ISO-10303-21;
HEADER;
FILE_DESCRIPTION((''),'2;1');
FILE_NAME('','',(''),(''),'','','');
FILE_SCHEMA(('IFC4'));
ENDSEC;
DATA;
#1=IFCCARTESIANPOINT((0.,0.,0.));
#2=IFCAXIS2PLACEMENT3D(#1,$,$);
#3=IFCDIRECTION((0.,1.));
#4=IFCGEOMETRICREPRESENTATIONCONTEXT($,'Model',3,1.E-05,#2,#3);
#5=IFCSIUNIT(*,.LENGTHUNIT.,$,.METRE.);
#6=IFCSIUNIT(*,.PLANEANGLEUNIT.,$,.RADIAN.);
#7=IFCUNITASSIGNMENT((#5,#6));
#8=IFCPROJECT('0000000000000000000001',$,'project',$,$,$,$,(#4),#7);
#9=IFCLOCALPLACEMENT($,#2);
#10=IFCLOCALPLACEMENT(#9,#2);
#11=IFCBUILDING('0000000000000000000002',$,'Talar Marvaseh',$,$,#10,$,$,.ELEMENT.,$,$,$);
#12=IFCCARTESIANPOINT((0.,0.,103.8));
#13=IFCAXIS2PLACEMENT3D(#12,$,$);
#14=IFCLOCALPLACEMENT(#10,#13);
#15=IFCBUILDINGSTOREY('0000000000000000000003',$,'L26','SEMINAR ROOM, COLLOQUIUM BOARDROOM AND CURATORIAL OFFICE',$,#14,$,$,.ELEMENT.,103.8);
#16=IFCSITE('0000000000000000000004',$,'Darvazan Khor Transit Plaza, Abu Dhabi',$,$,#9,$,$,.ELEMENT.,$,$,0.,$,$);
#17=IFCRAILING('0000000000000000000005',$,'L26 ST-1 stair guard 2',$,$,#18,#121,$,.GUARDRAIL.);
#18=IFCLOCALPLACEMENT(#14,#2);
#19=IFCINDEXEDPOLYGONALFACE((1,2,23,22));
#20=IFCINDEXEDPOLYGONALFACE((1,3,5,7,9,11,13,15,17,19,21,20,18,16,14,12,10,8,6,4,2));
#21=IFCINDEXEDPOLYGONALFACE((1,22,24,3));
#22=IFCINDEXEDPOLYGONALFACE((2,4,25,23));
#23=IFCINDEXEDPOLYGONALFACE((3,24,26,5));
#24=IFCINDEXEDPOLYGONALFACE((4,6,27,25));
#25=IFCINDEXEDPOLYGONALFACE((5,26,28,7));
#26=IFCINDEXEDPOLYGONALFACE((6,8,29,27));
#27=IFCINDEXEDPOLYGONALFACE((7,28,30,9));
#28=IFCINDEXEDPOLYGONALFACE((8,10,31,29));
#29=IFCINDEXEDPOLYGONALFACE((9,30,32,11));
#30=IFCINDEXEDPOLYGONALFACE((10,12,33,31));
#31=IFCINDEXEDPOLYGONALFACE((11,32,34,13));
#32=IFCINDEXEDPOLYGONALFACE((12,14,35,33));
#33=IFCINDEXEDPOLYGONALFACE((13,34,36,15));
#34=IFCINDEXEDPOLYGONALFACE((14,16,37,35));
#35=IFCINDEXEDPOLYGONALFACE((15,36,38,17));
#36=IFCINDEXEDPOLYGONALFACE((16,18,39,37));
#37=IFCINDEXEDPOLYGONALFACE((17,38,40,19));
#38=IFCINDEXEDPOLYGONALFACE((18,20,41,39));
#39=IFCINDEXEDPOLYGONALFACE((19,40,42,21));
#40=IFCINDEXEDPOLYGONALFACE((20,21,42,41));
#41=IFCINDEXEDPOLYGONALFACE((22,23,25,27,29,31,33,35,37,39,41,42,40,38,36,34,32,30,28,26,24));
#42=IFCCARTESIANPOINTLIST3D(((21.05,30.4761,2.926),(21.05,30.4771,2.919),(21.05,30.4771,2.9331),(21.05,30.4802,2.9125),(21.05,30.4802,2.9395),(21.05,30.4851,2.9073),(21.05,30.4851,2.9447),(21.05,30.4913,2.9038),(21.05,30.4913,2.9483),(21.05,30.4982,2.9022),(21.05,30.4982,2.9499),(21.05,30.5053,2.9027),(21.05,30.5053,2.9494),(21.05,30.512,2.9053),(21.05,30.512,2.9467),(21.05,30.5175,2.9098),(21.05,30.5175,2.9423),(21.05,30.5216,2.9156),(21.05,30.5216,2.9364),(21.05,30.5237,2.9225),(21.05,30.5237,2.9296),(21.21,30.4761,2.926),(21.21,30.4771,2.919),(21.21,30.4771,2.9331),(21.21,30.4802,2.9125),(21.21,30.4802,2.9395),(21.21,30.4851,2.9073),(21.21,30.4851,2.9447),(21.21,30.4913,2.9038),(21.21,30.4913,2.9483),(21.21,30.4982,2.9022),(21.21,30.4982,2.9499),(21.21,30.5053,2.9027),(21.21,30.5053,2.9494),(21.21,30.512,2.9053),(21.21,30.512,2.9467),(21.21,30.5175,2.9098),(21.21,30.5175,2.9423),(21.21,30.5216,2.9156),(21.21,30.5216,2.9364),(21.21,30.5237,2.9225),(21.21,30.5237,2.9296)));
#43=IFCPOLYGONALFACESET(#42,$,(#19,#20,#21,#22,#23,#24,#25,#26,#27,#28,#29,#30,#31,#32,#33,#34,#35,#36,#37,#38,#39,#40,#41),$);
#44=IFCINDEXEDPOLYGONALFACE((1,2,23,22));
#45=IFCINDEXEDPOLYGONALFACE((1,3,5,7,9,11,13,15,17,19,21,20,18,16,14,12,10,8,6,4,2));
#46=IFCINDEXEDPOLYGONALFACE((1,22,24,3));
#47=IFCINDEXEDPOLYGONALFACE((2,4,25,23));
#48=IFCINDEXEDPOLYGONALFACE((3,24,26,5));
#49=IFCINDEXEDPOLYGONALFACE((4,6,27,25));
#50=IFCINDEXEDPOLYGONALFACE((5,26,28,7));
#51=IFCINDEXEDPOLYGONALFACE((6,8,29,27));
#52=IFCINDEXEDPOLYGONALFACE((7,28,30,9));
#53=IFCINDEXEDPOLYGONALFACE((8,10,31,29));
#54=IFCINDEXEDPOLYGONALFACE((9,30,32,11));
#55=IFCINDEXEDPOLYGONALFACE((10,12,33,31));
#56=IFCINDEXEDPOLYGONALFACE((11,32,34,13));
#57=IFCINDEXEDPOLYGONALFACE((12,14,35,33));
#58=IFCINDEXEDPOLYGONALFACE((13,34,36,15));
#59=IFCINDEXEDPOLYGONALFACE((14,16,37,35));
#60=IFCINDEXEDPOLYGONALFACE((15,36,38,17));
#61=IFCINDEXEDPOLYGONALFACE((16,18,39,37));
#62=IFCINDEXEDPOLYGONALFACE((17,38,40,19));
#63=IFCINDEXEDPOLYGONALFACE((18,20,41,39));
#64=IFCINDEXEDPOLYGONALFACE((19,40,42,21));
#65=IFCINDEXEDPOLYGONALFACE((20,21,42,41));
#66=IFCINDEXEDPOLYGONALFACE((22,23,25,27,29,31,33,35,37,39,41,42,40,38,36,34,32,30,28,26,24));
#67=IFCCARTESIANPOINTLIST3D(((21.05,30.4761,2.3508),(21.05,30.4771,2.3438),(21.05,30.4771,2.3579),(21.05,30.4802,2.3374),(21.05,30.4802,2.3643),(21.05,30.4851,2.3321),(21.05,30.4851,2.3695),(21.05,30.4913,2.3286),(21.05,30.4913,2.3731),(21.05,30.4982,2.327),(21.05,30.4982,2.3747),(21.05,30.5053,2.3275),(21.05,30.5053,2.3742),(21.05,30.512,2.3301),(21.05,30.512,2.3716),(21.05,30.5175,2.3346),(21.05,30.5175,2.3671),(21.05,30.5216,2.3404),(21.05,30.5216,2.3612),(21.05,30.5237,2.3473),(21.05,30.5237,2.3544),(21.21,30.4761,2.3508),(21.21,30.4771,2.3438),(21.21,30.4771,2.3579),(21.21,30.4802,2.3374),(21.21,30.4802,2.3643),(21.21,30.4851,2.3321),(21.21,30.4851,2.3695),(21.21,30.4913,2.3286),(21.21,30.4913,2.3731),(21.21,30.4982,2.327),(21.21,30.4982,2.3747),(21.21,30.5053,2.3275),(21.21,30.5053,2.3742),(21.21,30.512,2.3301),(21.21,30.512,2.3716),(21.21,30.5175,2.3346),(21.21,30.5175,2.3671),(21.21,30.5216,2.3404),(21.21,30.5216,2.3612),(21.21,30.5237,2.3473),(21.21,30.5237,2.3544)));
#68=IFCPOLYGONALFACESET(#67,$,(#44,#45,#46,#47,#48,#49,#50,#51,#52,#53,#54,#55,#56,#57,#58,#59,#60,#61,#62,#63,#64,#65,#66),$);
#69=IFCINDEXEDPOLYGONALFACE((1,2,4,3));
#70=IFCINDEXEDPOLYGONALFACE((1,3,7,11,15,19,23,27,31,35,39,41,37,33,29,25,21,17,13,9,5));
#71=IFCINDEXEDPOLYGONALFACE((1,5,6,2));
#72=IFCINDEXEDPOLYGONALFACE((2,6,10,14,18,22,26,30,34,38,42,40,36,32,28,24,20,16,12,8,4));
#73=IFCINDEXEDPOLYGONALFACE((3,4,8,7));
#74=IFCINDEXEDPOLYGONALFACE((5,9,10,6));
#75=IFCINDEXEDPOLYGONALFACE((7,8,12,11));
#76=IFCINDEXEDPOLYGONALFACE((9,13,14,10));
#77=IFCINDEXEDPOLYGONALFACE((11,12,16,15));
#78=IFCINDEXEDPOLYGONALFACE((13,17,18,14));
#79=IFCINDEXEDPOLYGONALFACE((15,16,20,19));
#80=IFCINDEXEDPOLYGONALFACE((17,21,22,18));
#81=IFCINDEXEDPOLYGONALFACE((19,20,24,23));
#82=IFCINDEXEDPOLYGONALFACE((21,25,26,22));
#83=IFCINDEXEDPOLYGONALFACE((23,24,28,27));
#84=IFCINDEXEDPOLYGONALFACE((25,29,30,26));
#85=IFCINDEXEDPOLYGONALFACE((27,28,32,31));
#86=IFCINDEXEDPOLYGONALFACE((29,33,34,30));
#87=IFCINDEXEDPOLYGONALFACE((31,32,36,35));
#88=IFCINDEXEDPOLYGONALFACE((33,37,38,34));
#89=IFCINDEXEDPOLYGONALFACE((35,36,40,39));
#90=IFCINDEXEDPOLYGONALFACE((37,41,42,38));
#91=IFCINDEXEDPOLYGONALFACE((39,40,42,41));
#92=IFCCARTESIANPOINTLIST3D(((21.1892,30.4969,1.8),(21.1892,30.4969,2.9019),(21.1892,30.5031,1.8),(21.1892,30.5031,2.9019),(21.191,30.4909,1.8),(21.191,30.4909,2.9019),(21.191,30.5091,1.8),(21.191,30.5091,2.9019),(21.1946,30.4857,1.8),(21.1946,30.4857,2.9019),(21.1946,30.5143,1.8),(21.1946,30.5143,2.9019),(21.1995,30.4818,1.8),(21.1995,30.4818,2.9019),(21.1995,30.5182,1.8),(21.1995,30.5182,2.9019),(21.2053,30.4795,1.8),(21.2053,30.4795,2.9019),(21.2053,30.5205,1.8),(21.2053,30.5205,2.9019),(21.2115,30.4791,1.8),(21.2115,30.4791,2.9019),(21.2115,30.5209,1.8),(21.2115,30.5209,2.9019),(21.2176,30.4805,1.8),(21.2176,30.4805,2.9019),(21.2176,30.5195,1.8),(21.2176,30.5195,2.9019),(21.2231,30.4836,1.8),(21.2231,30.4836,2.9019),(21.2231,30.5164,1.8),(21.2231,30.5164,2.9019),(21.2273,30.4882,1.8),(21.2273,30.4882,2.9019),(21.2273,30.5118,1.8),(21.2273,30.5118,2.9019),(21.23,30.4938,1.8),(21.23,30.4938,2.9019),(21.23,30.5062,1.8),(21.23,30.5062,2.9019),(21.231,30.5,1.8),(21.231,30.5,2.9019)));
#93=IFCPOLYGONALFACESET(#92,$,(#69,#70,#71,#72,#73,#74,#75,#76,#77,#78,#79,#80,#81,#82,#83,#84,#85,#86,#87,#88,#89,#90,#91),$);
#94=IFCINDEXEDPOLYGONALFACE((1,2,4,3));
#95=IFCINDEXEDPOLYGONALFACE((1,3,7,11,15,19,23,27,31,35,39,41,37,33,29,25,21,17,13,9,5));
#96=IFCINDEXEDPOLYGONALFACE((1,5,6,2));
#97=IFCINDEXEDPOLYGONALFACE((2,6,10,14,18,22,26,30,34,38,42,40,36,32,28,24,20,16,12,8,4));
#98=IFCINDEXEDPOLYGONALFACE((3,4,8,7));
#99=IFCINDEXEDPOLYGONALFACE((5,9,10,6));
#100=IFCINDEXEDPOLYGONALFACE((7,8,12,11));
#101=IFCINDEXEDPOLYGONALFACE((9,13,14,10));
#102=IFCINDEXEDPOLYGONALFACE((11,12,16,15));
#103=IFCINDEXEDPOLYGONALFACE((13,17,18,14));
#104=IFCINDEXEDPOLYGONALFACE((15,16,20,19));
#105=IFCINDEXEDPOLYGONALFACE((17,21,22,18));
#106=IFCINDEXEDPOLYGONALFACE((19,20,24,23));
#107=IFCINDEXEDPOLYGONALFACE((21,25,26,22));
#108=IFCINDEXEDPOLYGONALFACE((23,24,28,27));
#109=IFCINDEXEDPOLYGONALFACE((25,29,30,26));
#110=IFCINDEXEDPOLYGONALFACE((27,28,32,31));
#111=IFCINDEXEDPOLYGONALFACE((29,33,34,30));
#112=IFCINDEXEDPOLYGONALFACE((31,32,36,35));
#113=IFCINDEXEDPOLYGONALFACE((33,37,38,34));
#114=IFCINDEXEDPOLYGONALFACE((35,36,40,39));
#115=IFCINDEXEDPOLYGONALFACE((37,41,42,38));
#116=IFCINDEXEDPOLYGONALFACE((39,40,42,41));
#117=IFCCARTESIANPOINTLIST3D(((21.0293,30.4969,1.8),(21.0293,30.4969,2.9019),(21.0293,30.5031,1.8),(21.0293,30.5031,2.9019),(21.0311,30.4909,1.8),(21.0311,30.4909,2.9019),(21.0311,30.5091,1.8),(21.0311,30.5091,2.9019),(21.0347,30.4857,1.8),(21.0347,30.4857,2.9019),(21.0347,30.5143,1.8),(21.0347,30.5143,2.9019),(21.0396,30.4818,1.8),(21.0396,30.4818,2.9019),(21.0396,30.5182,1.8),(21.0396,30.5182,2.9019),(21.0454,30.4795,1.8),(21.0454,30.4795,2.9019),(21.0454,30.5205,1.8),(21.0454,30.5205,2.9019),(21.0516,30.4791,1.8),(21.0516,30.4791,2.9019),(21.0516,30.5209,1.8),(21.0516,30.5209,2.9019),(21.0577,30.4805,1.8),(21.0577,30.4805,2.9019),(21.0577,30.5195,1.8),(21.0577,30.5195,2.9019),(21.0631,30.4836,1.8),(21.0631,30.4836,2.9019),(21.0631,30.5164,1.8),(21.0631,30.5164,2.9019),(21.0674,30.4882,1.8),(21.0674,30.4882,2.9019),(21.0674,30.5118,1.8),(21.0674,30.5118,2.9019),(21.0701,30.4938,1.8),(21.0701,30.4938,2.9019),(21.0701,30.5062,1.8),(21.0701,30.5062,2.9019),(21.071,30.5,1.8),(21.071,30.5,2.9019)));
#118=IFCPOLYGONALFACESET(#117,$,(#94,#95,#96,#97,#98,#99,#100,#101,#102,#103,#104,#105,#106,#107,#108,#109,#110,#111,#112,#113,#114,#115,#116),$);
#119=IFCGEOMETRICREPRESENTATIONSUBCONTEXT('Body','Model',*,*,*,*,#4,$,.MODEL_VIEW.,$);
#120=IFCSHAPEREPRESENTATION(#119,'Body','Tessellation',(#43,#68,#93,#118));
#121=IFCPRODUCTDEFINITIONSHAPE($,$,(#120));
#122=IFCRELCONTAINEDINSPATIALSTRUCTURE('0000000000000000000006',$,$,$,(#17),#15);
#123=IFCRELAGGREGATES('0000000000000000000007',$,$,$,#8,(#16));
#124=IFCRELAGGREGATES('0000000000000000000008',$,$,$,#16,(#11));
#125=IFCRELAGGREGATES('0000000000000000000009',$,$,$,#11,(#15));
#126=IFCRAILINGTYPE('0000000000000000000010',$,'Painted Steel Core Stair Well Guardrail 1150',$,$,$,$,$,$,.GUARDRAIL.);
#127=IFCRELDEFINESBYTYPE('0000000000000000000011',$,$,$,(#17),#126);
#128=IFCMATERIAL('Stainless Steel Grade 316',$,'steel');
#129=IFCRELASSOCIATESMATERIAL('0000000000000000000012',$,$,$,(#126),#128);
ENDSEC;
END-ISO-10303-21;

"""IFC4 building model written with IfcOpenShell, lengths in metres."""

from ifc_helpers import new_model, si_unit, direction, frame, origin, origin_2d, place, context, subcontext, project, spatial, circle, extrude, material, type_object, element, save


model = new_model("IFC4")

# Units and contexts
model_context = context("Model", 3, precision=1e-05, world=origin(), true_north=direction((0.0, 1.0)))
body_context = subcontext(model_context, "Body", "Model", "MODEL_VIEW")
ifc_project = project(units=[si_unit("LENGTHUNIT", "METRE"), si_unit("PLANEANGLEUNIT", "RADIAN")], contexts=[model_context])

# Site, building, storey
site_placement = place(None, origin())
site = spatial("IfcSite", under=ifc_project, at=site_placement, Name="Darvazan Khor Transit Plaza, Abu Dhabi", CompositionType="ELEMENT", RefElevation=0.0)
building_placement = place(site_placement, origin())
building = spatial("IfcBuilding", under=site, at=building_placement, Name="Talar Marvaseh", CompositionType="ELEMENT")
storey_placement = place(building_placement, frame((0.0, 0.0, 103.8)))
storey = spatial("IfcBuildingStorey", under=building, at=storey_placement, Name="L26", Description="SEMINAR ROOM, COLLOQUIUM BOARDROOM AND CURATORIAL OFFICE", CompositionType="ELEMENT", Elevation=103.8)

# Railing
ifc_material_1 = material(Name="Stainless Steel Grade 316", Category="steel")
railing_type_1 = type_object("IfcRailingType", Name="Painted Steel Core Stair Well Guardrail 1150", PredefinedType="GUARDRAIL", material=ifc_material_1)
railing_1_placement = place(storey_placement, frame((21.21, 30.5, 1.8)))
element("IfcRailing", 1, at=railing_1_placement, inside=storey, type_object=railing_type_1, Name="L26 ST-1 stair guard 2", PredefinedType="GUARDRAIL", context=body_context, shape_type="SweptSolid", body=[
    extrude(circle(Radius=0.0239, at=origin_2d()), frame((0.0, 0.0, 1.126), z_axis=(-1.0, 0.0, 0.0), x_axis=(0.0, -1.0, 0.0)), (0.0, 0.0, 1.0), 0.1599),
    extrude(circle(Radius=0.0239, at=origin_2d()), frame((0.0, 0.0, 0.5508), z_axis=(-1.0, 0.0, 0.0), x_axis=(0.0, -1.0, 0.0)), (0.0, 0.0, 1.0), 0.1599),
    extrude(circle(Radius=0.021, at=origin_2d()), origin(), (0.0, 0.0, 1.0), 1.1018),
    extrude(circle(Radius=0.021, at=origin_2d()), frame((-0.1599, 0.0, 0.0)), (0.0, 0.0, 1.0), 1.1018),
])

save(model, "model.ifc")
